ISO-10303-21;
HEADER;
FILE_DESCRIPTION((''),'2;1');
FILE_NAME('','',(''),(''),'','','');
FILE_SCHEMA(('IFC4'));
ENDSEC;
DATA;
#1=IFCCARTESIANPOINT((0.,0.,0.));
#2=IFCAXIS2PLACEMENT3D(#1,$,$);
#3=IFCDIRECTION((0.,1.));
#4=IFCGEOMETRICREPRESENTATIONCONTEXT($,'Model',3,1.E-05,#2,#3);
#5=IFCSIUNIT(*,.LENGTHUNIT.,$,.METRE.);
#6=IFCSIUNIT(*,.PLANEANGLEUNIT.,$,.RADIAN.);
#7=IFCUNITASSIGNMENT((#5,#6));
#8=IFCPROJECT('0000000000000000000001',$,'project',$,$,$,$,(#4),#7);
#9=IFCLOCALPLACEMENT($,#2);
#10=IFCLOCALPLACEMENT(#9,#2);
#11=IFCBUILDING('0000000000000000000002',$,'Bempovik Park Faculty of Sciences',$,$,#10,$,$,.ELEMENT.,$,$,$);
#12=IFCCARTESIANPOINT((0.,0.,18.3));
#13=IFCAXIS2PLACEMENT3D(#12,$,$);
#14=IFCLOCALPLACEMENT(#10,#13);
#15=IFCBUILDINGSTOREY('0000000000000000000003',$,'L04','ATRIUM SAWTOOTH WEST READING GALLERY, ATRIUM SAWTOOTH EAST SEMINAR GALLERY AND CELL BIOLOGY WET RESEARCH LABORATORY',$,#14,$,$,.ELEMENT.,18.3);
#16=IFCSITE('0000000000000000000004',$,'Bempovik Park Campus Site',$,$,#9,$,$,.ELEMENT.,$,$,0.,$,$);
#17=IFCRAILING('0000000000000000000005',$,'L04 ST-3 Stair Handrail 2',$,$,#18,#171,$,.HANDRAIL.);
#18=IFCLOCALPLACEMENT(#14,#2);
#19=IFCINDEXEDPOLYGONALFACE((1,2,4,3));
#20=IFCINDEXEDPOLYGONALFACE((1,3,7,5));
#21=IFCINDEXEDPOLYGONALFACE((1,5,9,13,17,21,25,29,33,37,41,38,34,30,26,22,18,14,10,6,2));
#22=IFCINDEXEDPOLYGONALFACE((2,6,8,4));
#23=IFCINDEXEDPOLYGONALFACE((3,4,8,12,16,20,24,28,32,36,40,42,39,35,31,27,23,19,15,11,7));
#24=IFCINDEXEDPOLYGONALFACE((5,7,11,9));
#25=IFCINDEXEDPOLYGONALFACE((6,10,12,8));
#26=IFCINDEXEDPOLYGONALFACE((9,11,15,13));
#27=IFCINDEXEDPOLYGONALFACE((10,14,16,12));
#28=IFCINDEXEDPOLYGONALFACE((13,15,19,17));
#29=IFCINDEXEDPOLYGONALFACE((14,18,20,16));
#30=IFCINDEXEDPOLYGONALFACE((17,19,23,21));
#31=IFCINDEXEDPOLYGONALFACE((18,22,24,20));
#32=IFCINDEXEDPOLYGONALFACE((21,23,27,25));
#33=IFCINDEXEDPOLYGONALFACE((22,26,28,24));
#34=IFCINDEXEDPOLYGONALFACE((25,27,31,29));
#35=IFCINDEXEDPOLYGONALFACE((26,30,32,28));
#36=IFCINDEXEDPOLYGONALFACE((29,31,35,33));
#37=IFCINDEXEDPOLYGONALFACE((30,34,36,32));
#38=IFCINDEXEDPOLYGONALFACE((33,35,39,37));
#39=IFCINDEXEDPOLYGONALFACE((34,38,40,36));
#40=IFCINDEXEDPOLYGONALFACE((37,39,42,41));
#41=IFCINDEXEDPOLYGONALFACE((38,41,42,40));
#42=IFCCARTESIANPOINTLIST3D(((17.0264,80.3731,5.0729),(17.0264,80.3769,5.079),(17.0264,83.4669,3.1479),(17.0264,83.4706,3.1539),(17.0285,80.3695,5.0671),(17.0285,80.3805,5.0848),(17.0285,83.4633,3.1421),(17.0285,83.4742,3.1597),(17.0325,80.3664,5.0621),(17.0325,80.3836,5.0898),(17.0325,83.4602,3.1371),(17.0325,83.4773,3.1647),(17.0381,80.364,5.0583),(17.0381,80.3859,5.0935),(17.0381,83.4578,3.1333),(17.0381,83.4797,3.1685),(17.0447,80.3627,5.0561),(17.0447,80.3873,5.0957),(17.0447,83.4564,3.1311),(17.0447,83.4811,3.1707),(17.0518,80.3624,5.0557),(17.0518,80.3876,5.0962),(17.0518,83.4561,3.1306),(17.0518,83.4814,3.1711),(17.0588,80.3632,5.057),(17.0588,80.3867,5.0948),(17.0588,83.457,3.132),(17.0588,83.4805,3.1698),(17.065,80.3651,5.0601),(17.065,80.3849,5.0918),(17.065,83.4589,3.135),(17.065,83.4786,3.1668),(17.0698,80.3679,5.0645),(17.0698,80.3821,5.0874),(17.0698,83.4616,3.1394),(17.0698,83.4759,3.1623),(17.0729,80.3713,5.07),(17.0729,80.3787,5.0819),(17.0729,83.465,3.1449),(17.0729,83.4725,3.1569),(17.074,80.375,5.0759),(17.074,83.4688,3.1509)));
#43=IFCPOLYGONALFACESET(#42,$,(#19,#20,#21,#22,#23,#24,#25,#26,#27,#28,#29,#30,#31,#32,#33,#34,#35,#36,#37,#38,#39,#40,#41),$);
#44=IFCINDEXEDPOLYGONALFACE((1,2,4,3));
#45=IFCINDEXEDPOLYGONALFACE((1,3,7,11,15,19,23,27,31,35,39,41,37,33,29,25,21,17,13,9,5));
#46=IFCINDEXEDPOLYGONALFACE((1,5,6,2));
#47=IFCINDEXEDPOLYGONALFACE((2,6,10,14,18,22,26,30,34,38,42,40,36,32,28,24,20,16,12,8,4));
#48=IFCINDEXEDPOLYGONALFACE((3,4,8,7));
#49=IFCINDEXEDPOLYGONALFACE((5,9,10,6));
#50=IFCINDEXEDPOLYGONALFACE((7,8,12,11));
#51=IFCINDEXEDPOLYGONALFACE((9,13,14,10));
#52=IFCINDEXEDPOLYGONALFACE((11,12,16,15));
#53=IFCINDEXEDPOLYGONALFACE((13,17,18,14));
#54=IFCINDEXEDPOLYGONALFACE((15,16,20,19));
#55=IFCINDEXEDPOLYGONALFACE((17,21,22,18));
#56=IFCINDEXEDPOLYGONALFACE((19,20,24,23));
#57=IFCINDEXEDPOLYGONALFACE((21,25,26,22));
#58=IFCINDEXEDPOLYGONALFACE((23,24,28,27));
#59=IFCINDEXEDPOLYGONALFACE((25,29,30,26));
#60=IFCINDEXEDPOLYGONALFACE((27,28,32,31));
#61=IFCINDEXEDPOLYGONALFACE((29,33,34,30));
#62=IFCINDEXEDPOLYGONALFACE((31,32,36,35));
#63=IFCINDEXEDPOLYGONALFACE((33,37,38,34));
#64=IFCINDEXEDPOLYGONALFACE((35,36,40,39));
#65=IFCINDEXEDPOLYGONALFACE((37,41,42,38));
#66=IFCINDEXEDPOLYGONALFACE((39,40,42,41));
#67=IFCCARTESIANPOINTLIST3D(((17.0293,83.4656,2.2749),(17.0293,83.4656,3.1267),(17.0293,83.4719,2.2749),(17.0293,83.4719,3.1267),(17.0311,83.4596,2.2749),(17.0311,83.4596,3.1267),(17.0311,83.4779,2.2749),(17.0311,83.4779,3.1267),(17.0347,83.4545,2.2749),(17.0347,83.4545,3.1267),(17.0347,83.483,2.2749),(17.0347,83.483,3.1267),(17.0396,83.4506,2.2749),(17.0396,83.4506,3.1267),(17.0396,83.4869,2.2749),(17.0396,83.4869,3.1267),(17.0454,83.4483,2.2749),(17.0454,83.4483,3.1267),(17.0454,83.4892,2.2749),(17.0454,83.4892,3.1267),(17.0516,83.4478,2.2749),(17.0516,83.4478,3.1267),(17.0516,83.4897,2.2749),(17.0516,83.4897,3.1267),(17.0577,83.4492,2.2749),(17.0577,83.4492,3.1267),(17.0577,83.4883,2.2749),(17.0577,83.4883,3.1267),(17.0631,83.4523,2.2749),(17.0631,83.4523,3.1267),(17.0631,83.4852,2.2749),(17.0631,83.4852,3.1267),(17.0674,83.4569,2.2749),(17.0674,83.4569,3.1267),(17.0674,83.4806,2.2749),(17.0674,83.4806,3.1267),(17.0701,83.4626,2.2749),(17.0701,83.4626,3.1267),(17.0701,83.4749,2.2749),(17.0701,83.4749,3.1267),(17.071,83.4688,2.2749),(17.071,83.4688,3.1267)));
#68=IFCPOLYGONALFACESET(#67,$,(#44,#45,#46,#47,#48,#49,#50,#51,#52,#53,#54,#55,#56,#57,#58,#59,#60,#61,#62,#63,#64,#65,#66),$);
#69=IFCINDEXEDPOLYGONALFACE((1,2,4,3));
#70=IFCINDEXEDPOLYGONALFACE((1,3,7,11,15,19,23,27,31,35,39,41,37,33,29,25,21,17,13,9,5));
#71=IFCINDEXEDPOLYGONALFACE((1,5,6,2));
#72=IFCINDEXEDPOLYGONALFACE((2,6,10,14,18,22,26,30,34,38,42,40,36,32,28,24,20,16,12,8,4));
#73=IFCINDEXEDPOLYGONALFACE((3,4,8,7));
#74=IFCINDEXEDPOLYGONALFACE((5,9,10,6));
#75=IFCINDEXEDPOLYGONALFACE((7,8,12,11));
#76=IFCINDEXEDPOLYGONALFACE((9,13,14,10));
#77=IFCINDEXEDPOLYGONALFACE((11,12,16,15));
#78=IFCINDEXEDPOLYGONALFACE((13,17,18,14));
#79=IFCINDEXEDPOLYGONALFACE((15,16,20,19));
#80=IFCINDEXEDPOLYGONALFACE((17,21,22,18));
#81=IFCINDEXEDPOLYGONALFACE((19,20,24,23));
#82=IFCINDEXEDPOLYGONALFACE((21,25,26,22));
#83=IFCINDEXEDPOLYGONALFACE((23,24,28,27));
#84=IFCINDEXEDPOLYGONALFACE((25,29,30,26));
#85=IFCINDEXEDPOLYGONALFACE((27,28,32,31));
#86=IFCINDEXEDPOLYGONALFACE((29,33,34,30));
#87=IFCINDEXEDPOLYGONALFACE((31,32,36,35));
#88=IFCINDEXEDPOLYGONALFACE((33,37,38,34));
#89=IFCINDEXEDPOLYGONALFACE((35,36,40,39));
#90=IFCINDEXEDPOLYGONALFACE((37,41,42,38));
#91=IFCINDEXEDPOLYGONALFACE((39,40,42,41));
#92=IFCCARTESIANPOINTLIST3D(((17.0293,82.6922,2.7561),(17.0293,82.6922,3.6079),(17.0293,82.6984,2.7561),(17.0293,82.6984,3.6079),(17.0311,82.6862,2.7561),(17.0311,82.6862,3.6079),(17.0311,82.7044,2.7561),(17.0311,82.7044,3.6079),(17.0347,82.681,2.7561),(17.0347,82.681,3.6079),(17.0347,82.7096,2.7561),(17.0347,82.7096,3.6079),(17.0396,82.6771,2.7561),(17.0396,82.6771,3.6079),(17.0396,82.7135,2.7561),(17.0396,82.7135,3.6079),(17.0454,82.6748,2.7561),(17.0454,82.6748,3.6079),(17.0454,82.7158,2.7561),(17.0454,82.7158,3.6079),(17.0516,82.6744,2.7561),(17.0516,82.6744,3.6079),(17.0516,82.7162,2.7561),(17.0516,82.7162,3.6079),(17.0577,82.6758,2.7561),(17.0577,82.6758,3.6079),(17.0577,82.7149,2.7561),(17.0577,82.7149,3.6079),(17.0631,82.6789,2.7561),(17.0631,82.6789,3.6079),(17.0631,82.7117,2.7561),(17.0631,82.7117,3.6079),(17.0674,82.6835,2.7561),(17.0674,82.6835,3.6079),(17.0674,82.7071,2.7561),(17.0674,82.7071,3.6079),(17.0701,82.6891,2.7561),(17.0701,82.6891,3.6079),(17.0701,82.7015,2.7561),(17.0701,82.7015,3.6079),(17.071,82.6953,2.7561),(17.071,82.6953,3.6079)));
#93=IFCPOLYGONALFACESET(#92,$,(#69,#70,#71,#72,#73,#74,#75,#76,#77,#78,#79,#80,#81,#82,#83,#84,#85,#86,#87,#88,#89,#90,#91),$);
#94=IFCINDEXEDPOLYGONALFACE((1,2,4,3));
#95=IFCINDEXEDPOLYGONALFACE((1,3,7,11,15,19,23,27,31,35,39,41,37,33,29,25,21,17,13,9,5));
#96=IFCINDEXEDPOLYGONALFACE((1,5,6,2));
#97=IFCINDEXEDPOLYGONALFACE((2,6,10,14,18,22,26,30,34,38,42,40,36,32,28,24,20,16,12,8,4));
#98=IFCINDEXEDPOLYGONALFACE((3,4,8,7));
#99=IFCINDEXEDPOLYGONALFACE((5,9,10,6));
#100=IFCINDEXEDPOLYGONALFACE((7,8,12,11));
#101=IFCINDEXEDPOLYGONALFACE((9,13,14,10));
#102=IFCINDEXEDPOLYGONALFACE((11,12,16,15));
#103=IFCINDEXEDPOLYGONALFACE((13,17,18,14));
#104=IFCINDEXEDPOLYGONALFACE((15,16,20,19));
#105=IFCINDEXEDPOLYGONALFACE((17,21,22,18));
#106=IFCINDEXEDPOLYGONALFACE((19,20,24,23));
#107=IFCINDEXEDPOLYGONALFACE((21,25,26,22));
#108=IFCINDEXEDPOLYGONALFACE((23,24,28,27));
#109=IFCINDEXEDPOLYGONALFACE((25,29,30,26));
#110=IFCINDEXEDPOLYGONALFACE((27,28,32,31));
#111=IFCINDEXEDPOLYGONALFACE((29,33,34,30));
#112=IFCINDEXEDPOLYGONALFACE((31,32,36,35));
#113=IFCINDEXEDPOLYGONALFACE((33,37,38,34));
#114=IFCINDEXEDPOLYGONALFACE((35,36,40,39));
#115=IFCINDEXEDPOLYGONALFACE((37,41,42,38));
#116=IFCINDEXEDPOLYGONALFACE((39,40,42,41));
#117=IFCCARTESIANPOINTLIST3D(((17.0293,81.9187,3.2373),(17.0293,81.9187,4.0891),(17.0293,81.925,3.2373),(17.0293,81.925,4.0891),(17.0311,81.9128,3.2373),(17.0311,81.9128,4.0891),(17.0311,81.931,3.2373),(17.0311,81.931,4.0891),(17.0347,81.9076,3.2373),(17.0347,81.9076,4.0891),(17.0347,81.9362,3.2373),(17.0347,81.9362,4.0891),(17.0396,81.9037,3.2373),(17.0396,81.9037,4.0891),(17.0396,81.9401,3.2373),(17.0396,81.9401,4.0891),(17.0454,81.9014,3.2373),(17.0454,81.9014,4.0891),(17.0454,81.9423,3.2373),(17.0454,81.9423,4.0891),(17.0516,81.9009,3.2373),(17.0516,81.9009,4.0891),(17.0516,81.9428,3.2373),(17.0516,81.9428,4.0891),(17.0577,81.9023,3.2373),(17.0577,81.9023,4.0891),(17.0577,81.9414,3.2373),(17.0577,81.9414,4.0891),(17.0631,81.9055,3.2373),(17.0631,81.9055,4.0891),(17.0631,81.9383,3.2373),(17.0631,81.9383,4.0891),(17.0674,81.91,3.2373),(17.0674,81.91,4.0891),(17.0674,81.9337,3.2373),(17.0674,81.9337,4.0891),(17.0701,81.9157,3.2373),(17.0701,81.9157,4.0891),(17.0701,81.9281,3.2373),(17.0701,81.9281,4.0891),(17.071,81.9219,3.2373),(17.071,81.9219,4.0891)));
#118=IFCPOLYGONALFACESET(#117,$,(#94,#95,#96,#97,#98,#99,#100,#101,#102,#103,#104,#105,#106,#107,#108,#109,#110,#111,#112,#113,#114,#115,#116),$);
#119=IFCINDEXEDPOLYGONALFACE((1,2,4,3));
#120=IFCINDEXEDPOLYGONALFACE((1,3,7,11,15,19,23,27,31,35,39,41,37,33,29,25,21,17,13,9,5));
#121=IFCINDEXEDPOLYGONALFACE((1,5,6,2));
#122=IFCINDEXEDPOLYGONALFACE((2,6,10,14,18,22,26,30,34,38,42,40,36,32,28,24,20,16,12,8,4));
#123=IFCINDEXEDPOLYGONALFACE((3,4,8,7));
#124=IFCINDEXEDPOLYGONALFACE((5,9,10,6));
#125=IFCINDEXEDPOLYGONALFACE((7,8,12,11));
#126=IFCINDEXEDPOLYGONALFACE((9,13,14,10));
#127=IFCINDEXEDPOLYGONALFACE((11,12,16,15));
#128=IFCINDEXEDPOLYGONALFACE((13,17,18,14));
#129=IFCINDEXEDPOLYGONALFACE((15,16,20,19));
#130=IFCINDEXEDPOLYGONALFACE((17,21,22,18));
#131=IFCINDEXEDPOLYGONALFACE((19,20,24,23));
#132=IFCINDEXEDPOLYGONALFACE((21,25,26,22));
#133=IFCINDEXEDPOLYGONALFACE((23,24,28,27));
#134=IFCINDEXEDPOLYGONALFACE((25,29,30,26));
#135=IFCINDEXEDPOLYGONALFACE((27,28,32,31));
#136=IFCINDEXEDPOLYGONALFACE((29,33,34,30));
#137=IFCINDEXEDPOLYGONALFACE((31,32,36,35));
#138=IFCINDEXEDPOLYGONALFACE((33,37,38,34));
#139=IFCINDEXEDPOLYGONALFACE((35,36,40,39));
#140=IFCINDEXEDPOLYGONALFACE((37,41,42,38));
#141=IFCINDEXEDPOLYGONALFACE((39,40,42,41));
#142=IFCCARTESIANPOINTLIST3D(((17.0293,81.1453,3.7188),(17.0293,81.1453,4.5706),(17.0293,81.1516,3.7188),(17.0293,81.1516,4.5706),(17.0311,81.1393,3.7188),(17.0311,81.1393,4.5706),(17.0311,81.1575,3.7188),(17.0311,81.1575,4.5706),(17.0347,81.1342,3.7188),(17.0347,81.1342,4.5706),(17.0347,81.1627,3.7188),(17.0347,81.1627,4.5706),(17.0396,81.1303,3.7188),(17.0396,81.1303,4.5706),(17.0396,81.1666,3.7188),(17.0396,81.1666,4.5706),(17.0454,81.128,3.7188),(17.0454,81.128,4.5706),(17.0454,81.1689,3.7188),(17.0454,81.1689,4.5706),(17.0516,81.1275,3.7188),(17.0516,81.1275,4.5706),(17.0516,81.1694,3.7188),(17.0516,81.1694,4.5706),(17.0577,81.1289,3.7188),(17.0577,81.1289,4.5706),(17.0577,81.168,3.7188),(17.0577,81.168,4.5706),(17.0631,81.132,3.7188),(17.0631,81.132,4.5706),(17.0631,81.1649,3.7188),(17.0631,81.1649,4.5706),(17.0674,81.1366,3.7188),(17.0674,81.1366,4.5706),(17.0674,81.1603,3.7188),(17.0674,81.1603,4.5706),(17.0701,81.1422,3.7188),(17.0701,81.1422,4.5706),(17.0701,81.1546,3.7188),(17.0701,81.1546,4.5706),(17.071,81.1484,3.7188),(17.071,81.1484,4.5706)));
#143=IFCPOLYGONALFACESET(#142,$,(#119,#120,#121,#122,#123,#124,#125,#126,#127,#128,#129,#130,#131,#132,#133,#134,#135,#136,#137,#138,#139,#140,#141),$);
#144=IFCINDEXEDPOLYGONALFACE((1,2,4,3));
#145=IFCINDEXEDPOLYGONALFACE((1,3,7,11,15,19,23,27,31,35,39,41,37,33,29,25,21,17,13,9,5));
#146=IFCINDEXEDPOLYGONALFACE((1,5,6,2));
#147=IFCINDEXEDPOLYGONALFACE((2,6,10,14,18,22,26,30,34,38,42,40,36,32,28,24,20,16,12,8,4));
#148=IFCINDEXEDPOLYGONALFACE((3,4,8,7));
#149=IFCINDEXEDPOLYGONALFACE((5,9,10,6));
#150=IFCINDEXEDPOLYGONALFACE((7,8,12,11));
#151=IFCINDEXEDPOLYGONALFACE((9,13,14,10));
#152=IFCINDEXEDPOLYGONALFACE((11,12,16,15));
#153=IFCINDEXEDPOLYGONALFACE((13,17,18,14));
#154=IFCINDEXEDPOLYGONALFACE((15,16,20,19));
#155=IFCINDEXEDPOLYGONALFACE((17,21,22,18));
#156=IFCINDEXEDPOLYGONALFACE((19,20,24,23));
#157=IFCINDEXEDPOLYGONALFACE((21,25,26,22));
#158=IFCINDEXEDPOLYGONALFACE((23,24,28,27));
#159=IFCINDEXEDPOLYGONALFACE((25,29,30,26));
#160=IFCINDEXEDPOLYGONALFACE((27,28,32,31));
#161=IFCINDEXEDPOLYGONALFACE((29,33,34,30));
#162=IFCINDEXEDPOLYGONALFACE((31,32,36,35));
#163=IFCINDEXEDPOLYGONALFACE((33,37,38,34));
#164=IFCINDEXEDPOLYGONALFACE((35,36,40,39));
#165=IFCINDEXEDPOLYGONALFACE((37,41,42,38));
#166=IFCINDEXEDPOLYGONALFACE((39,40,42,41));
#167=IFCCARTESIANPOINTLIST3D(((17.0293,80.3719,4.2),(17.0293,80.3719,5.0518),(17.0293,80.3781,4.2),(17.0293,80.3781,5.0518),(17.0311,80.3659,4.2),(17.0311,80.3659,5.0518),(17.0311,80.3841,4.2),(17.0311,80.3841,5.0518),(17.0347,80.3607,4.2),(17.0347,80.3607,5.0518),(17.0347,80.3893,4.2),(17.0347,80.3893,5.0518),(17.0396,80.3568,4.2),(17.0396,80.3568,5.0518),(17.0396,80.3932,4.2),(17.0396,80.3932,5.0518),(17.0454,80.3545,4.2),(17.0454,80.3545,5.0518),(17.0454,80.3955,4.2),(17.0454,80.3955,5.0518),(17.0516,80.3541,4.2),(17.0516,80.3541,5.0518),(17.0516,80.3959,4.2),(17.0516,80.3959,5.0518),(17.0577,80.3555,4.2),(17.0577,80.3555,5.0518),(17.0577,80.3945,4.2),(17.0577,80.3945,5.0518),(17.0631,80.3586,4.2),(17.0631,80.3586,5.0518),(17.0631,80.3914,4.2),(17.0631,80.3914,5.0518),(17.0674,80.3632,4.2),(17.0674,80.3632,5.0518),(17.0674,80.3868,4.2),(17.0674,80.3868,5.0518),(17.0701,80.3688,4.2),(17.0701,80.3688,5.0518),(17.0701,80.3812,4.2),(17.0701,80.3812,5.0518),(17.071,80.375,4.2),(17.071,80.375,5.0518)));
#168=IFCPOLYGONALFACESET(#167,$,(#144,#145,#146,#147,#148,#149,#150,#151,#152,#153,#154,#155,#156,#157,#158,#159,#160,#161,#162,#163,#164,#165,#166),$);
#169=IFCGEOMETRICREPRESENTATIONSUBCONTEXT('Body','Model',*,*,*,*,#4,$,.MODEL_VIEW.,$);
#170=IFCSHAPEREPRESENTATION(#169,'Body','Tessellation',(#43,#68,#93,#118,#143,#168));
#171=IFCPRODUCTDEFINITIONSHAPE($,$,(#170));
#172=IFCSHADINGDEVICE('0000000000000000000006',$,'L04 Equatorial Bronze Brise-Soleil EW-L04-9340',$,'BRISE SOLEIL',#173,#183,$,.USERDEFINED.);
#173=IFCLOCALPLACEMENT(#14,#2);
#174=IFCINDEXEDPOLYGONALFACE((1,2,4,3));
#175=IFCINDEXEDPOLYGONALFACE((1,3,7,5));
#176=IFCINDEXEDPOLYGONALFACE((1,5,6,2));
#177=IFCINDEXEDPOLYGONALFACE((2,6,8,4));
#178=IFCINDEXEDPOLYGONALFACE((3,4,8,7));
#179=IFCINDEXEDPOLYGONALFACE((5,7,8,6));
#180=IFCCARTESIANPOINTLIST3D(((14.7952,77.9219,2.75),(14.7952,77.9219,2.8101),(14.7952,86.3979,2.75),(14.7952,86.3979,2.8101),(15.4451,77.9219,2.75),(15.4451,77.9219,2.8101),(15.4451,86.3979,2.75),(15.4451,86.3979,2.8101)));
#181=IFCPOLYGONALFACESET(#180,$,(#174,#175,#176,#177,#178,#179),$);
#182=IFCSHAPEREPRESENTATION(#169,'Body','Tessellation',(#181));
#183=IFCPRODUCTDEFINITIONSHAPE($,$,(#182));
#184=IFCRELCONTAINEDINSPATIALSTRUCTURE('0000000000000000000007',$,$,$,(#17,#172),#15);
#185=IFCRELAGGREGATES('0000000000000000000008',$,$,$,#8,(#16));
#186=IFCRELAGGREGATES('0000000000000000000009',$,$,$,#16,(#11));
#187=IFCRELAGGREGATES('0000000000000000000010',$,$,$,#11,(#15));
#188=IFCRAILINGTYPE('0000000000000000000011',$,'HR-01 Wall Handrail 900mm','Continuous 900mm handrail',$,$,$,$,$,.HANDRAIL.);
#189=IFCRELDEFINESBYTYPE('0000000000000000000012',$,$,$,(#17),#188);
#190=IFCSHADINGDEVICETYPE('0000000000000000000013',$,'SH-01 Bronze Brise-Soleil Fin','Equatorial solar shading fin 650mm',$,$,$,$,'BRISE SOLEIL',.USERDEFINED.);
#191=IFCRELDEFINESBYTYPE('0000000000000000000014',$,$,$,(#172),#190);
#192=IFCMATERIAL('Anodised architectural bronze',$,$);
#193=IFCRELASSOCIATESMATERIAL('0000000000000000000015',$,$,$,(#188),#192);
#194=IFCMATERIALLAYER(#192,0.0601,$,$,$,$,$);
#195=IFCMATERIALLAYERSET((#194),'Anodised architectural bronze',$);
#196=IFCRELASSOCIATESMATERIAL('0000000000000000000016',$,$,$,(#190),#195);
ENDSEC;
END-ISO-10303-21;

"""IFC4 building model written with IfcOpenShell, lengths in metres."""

from ifc_helpers import new_model, si_unit, direction, frame, origin, origin_2d, place, context, subcontext, project, spatial, rectangle, circle, extrude, material, layer, layer_set, type_object, element, save


model = new_model("IFC4")

# Units and contexts
model_context = context("Model", 3, precision=1e-05, world=origin(), true_north=direction((0.0, 1.0)))
body_context = subcontext(model_context, "Body", "Model", "MODEL_VIEW")
ifc_project = project(units=[si_unit("LENGTHUNIT", "METRE"), si_unit("PLANEANGLEUNIT", "RADIAN")], contexts=[model_context])

# Site, building, storey
site_placement = place(None, origin())
site = spatial("IfcSite", under=ifc_project, at=site_placement, Name="Bempovik Park Campus Site", CompositionType="ELEMENT", RefElevation=0.0)
building_placement = place(site_placement, origin())
building = spatial("IfcBuilding", under=site, at=building_placement, Name="Bempovik Park Faculty of Sciences", CompositionType="ELEMENT")
storey_placement = place(building_placement, frame((0.0, 0.0, 18.3)))
storey = spatial("IfcBuildingStorey", under=building, at=storey_placement, Name="L04", Description="ATRIUM SAWTOOTH WEST READING GALLERY, ATRIUM SAWTOOTH EAST SEMINAR GALLERY AND CELL BIOLOGY WET RESEARCH LABORATORY", CompositionType="ELEMENT", Elevation=18.3)

# Railing
ifc_material_1 = material(Name="Anodised architectural bronze")
railing_type_1 = type_object("IfcRailingType", Name="HR-01 Wall Handrail 900mm", Description="Continuous 900mm handrail", PredefinedType="HANDRAIL", material=ifc_material_1)
railing_1_placement = place(storey_placement, frame((17.05, 83.4688, 2.2749)))
element("IfcRailing", 1, at=railing_1_placement, inside=storey, type_object=railing_type_1, Name="L04 ST-3 Stair Handrail 2", PredefinedType="HANDRAIL", context=body_context, shape_type="SweptSolid", body=[
    extrude(circle(Radius=0.0239, at=origin_2d()), frame((0.0, 0.0, 0.876), z_axis=(0.0, -0.849051, 0.528312), x_axis=(1.0, 0.0, 0.0)), (0.0, 0.0, 1.0), 3.6438),
    extrude(circle(Radius=0.021, at=origin_2d()), origin(), (0.0, 0.0, 1.0), 0.8518),
    extrude(circle(Radius=0.021, at=origin_2d()), frame((0.0, -0.7734, 0.4812)), (0.0, 0.0, 1.0), 0.8518),
    extrude(circle(Radius=0.021, at=origin_2d()), frame((0.0, -1.5469, 0.9624)), (0.0, 0.0, 1.0), 0.8518),
    extrude(circle(Radius=0.021, at=origin_2d()), frame((0.0, -2.3203, 1.4438)), (0.0, 0.0, 1.0), 0.8518),
    extrude(circle(Radius=0.021, at=origin_2d()), frame((0.0, -3.0938, 1.925)), (0.0, 0.0, 1.0), 0.8518),
])

# Shading device
ifc_layer_1 = layer(ifc_material_1, 0.0601)
ifc_layer_set_1 = layer_set([ifc_layer_1], Name="Anodised architectural bronze")
shading_device_type = type_object("IfcShadingDeviceType", Name="SH-01 Bronze Brise-Soleil Fin", Description="Equatorial solar shading fin 650mm", ElementType="BRISE SOLEIL", PredefinedType="USERDEFINED", material=ifc_layer_set_1)
shading_device_placement = place(storey_placement, frame((15.1201, 82.1599, 2.75), z_axis=(0.0, 0.0, 1.0), x_axis=(1.0, 0.0, 0.0)))
element("IfcShadingDevice", 2, at=shading_device_placement, inside=storey, type_object=shading_device_type, Name="L04 Equatorial Bronze Brise-Soleil EW-L04-9340", ObjectType="BRISE SOLEIL", PredefinedType="USERDEFINED", context=body_context, shape_type="SweptSolid", body=[
    extrude(rectangle(XDim=0.6499, YDim=8.4761, at=origin_2d()), origin(), (0.0, 0.0, 1.0), 0.0601),
])

save(model, "model.ifc")
